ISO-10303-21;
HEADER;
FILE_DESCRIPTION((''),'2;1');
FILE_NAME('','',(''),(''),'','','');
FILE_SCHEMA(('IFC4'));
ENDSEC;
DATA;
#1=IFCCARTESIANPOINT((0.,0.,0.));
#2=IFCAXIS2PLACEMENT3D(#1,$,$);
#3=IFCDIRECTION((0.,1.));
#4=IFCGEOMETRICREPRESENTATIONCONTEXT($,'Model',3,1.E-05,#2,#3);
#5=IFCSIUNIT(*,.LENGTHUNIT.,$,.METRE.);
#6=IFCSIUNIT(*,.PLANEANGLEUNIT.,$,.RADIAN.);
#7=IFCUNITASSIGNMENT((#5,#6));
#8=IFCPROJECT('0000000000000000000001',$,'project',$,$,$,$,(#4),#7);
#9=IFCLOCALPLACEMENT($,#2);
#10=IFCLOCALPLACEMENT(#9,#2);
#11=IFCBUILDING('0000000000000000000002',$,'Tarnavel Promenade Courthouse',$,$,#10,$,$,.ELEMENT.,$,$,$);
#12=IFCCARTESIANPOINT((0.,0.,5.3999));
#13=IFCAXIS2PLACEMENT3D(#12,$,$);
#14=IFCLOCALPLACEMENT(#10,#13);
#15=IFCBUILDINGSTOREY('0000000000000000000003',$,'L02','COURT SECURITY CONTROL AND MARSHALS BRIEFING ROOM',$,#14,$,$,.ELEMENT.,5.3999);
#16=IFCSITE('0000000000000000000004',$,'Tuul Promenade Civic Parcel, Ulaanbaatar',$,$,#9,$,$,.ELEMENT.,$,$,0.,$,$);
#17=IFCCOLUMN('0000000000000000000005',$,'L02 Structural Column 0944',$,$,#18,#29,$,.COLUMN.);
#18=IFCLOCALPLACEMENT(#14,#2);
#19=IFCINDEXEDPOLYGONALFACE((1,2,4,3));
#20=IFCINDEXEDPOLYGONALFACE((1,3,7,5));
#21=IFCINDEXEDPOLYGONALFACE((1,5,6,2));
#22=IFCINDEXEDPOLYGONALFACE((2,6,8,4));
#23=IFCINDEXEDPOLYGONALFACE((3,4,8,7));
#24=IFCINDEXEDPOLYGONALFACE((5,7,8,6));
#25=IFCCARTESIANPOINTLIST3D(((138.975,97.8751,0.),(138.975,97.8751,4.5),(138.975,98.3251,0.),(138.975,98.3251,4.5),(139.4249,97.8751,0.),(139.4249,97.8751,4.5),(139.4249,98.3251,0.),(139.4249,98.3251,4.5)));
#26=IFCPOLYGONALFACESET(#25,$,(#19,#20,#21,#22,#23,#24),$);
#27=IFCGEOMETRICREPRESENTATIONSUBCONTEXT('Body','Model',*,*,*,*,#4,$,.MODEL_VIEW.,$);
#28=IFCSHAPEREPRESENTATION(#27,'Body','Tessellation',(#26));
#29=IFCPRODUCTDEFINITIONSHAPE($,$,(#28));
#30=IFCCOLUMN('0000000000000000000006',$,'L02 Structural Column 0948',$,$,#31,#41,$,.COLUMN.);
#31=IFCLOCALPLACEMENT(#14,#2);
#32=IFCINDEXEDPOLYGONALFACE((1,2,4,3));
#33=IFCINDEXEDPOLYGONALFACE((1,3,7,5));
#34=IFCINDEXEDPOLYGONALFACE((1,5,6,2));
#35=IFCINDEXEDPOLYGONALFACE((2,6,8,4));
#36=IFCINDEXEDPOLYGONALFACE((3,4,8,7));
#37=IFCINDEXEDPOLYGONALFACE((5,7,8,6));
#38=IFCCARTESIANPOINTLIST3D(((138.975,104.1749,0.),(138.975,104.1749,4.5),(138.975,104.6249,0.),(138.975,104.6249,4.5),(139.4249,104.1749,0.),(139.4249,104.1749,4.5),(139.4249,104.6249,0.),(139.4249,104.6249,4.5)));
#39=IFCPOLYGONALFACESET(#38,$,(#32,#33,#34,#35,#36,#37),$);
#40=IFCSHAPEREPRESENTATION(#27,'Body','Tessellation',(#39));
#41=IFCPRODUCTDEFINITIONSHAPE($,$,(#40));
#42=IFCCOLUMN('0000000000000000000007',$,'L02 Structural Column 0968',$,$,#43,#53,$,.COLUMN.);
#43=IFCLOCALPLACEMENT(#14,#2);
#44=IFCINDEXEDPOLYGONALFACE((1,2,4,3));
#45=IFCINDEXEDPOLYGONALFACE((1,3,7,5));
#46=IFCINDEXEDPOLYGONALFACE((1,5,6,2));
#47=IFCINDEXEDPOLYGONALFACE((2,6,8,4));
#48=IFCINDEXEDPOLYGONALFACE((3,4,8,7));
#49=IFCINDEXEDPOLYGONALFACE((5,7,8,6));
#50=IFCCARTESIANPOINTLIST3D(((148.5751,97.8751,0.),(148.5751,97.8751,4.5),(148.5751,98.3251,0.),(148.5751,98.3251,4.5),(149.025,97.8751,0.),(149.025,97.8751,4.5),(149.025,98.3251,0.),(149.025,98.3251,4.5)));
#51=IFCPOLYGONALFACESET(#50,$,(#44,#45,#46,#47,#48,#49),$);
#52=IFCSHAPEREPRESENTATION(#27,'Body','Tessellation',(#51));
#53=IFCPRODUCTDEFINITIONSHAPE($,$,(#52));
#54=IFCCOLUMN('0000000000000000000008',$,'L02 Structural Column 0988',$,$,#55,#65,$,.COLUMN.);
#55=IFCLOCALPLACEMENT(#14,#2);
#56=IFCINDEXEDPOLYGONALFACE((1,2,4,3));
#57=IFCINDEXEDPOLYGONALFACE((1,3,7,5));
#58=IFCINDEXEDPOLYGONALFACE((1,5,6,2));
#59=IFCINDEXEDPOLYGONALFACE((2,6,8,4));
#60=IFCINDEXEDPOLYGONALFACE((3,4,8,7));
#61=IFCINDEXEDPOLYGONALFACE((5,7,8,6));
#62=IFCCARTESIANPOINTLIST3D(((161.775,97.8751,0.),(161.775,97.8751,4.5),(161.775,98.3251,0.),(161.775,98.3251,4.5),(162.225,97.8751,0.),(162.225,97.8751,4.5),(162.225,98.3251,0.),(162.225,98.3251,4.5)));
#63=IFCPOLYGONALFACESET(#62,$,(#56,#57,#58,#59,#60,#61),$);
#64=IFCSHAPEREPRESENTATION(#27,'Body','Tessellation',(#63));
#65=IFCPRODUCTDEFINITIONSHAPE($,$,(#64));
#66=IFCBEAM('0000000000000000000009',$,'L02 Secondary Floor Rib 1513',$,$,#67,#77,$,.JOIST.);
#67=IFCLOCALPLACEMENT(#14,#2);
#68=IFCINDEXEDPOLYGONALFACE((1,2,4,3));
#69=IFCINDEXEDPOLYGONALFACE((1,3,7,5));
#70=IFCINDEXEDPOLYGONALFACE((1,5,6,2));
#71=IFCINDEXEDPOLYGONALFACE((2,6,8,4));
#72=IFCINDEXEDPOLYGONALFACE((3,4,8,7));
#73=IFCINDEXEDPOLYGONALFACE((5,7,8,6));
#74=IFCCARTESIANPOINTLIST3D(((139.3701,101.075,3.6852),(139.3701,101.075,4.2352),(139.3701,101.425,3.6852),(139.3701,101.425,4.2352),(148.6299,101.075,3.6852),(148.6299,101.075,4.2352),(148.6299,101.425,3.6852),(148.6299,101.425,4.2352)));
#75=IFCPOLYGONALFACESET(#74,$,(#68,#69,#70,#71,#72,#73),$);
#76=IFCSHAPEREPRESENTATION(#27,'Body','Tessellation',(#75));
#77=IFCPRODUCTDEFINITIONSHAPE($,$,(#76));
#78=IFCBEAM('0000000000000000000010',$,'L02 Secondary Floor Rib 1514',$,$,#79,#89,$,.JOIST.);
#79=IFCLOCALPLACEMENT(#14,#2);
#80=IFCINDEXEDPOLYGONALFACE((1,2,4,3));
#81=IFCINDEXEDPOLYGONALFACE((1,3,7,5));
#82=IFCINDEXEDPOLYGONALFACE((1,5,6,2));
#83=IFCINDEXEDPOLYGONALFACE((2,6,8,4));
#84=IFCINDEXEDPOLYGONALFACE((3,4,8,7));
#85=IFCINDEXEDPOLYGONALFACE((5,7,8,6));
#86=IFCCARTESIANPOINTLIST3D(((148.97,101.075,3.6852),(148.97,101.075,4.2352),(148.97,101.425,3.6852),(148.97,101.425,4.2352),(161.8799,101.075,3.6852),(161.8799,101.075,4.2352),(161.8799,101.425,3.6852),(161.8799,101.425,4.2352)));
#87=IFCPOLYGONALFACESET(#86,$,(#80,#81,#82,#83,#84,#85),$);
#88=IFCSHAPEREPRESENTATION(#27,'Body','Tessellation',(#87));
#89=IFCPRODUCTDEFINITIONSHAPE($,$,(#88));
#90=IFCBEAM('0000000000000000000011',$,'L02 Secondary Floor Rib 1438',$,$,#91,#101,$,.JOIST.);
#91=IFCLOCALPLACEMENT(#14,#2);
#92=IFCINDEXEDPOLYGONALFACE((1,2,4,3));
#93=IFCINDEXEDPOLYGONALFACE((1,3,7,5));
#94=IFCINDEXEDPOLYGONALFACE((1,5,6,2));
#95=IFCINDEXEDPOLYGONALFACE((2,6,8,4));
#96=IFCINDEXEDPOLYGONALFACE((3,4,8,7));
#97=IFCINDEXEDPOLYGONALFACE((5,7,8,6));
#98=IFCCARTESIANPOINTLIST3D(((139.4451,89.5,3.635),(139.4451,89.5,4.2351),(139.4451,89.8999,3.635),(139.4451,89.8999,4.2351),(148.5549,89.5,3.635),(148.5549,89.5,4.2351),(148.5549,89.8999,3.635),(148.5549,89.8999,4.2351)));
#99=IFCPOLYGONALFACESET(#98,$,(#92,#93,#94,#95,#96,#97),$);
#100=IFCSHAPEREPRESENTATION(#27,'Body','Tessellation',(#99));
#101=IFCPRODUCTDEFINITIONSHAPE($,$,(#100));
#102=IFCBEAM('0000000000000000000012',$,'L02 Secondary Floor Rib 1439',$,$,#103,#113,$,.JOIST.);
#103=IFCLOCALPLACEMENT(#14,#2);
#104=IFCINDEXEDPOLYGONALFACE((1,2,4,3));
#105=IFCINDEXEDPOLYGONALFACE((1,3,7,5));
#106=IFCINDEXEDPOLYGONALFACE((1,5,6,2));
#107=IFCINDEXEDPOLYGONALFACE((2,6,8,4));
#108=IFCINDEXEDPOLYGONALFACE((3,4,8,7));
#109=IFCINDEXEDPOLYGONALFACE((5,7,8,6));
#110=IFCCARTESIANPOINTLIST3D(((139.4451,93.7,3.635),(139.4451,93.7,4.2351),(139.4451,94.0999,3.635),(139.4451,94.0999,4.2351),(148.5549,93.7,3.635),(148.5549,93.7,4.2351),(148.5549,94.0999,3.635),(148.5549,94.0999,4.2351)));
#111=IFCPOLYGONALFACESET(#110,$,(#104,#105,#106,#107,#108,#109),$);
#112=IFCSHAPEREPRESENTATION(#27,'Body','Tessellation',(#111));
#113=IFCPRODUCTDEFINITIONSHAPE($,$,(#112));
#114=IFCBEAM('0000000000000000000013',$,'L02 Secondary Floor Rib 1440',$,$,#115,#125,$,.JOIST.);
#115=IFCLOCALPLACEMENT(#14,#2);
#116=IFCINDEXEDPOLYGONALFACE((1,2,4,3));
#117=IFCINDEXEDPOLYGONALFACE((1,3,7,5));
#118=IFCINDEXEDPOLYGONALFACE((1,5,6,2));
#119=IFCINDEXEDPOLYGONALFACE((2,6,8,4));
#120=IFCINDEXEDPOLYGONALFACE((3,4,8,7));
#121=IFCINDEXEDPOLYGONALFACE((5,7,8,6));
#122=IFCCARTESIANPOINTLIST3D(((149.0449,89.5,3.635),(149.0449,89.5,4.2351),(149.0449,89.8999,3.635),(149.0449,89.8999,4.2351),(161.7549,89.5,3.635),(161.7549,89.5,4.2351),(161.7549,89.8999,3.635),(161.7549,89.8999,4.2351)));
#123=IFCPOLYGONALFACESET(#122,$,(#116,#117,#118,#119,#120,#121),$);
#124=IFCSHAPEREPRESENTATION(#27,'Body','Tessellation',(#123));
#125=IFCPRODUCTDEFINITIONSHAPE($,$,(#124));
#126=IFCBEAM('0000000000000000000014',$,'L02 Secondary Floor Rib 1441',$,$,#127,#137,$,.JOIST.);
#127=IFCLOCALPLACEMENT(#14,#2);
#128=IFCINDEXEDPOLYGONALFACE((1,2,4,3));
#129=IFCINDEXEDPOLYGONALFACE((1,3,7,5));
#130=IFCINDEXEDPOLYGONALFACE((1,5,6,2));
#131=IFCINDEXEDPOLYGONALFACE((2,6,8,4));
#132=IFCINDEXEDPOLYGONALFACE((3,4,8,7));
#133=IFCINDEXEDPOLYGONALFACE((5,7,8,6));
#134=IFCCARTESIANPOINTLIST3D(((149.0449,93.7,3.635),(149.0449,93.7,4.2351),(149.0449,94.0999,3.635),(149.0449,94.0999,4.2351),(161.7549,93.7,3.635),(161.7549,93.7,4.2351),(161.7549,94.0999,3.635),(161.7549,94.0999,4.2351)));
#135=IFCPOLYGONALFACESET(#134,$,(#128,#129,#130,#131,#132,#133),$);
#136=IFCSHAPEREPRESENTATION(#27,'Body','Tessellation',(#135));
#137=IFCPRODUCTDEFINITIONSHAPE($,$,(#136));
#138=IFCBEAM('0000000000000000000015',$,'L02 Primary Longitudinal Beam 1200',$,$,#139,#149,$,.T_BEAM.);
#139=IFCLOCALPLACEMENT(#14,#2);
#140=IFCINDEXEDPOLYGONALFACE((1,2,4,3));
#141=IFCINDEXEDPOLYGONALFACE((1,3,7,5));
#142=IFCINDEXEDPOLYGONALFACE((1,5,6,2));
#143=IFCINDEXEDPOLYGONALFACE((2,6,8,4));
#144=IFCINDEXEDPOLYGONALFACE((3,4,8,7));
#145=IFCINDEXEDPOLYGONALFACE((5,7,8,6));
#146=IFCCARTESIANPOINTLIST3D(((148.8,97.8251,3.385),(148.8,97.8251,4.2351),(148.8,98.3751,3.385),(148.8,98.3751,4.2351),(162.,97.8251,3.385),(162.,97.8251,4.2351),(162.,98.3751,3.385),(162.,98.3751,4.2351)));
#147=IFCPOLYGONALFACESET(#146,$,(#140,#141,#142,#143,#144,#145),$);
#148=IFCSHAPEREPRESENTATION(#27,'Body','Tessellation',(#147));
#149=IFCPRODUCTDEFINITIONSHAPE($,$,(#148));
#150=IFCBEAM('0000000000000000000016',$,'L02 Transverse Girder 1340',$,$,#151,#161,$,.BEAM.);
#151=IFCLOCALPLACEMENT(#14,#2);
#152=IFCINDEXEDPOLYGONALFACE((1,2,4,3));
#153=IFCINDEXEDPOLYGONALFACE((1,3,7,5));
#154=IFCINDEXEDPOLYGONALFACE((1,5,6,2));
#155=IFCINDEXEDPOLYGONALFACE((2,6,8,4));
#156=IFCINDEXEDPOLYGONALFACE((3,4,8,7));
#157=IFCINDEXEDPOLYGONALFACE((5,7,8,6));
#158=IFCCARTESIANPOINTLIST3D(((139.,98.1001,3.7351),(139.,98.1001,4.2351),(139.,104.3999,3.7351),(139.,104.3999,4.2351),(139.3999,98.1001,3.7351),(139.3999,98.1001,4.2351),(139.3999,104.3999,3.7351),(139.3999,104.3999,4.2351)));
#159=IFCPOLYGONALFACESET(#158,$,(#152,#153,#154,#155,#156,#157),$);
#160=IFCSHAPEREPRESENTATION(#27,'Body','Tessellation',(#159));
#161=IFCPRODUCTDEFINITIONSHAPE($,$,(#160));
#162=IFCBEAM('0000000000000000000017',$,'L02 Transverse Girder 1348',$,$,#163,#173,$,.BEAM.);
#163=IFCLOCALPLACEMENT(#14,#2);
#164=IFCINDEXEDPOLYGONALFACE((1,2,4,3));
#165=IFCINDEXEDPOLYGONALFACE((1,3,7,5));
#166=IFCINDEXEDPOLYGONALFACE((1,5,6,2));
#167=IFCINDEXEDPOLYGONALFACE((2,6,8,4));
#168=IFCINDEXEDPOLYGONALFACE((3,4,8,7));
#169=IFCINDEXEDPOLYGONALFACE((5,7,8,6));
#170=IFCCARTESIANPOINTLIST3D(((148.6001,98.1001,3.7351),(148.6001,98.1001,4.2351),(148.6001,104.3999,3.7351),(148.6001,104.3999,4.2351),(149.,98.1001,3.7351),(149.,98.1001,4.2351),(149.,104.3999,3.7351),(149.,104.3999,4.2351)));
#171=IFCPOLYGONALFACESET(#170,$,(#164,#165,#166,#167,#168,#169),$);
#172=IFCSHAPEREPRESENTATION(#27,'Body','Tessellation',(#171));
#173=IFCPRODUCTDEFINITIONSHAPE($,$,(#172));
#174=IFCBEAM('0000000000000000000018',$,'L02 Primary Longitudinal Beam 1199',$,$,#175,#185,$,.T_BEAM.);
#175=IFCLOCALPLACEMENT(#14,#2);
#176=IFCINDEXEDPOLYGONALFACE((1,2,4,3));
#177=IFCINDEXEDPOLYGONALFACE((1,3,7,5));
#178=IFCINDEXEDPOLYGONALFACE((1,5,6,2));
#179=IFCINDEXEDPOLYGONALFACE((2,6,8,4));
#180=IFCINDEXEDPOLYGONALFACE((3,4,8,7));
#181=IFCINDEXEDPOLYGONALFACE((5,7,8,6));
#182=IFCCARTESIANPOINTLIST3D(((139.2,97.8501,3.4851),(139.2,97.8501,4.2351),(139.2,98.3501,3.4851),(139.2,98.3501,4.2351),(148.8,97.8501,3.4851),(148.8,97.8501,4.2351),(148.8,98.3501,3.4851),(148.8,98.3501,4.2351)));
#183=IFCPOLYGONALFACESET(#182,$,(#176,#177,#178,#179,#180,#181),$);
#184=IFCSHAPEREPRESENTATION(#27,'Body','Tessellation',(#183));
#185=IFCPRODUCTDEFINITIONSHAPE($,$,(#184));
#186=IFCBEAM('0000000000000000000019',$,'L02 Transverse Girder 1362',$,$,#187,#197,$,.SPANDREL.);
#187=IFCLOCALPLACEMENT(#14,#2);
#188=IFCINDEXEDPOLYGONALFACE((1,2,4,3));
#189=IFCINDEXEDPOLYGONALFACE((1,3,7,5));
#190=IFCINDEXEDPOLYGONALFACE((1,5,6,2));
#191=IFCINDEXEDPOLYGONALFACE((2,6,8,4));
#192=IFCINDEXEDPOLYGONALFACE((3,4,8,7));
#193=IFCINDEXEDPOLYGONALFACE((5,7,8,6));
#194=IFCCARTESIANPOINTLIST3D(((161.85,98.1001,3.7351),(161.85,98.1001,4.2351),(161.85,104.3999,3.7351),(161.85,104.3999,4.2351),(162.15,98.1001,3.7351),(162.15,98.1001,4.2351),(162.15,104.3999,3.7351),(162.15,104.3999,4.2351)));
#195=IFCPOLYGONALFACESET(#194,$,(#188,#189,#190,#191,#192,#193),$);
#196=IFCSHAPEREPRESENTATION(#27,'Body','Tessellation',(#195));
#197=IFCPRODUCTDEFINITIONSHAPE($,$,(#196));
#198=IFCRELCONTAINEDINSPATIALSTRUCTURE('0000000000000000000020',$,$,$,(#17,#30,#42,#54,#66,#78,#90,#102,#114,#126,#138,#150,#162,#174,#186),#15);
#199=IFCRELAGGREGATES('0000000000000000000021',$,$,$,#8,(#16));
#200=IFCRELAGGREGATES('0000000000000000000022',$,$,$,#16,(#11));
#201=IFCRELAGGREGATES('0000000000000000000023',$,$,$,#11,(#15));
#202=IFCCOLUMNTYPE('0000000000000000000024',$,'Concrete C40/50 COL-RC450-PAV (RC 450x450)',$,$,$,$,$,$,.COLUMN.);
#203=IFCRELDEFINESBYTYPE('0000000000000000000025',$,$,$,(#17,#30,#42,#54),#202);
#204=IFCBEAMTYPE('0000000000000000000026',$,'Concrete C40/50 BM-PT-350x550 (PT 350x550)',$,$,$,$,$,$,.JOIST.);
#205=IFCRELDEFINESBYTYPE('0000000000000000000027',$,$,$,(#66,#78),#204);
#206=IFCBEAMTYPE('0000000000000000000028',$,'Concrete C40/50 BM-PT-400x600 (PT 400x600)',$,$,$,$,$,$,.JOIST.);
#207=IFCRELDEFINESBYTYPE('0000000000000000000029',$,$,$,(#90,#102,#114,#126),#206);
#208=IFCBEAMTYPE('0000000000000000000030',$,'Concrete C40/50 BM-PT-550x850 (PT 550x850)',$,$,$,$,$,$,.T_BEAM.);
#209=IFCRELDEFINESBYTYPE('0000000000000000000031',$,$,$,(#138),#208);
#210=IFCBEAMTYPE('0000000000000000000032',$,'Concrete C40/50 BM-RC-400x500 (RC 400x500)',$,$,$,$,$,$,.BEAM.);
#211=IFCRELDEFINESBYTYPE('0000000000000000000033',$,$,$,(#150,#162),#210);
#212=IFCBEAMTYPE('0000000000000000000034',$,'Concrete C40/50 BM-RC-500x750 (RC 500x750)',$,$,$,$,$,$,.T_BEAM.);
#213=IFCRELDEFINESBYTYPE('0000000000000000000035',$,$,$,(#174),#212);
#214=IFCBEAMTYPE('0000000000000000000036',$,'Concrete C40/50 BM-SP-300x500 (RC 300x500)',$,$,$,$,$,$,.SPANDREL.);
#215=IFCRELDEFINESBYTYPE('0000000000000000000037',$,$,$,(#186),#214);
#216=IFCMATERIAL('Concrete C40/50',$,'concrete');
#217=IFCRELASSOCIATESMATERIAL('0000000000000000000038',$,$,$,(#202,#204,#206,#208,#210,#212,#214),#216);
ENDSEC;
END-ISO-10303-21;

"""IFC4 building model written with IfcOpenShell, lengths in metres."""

from ifc_helpers import new_model, si_unit, direction, frame, origin, origin_2d, place, context, subcontext, project, spatial, rectangle, extrude, material, material_profile, profile_set, type_object, element, save


model = new_model("IFC4")

# Units and contexts
model_context = context("Model", 3, precision=1e-05, world=origin(), true_north=direction((0.0, 1.0)))
body_context = subcontext(model_context, "Body", "Model", "MODEL_VIEW")
ifc_project = project(units=[si_unit("LENGTHUNIT", "METRE"), si_unit("PLANEANGLEUNIT", "RADIAN")], contexts=[model_context])

# Site, building, storey
site_placement = place(None, origin())
site = spatial("IfcSite", under=ifc_project, at=site_placement, Name="Tuul Promenade Civic Parcel, Ulaanbaatar", CompositionType="ELEMENT", RefElevation=0.0)
building_placement = place(site_placement, origin())
building = spatial("IfcBuilding", under=site, at=building_placement, Name="Tarnavel Promenade Courthouse", CompositionType="ELEMENT")
storey_placement = place(building_placement, frame((0.0, 0.0, 5.3999)))
storey = spatial("IfcBuildingStorey", under=building, at=storey_placement, Name="L02", Description="COURT SECURITY CONTROL AND MARSHALS BRIEFING ROOM", CompositionType="ELEMENT", Elevation=5.3999)

# Columns
ifc_material_1 = material(Name="Concrete C40/50", Category="concrete")
ifc_material_profile_1 = material_profile(ifc_material_1, rectangle(XDim=0.45, YDim=0.45, at=origin_2d()), Name="RC 450x450")
ifc_profile_set_1 = profile_set([ifc_material_profile_1], Name="Concrete C40/50")
column_type = type_object("IfcColumnType", Name="Concrete C40/50 COL-RC450-PAV (RC 450x450)", PredefinedType="COLUMN", material=ifc_profile_set_1)
for number, where, z_axis, x_axis, name in (
    (1, (139.2, 98.1001, 0.0), (0.0, 0.0, 1.0), (1.0, 0.0, 0.0), "L02 Structural Column 0944"),
    (2, (139.2, 104.3999, 0.0), (0.0, 0.0, 1.0), (1.0, 0.0, 0.0), "L02 Structural Column 0948"),
    (3, (148.8, 98.1001, 0.0), (0.0, 0.0, 1.0), (1.0, 0.0, 0.0), "L02 Structural Column 0968"),
    (4, (162.0, 98.1001, 0.0), (0.0, 0.0, 1.0), (1.0, 0.0, 0.0), "L02 Structural Column 0988"),
):
    element("IfcColumn", number, at=place(storey_placement, frame(where, z_axis=z_axis, x_axis=x_axis)), inside=storey, type_object=column_type, Name=name, PredefinedType="COLUMN", context=body_context, shape_type="SweptSolid", body=[
        extrude(rectangle(XDim=0.45, YDim=0.45, at=origin_2d()), origin(), (0.0, 0.0, 1.0), 4.5),
    ])

# Beams
ifc_material_profile_2 = material_profile(ifc_material_1, rectangle(XDim=0.3501, YDim=0.55, at=origin_2d()), Name="PT 350x550")
ifc_profile_set_2 = profile_set([ifc_material_profile_2], Name="Concrete C40/50")
beam_type_1 = type_object("IfcBeamType", Name="Concrete C40/50 BM-PT-350x550 (PT 350x550)", PredefinedType="JOIST", material=ifc_profile_set_2)
beam_1_placement = place(storey_placement, frame((139.3701, 101.25, 3.9602), z_axis=(1.0, 0.0, 0.0), x_axis=(0.0, 1.0, 0.0)))
element("IfcBeam", 5, at=beam_1_placement, inside=storey, type_object=beam_type_1, Name="L02 Secondary Floor Rib 1513", PredefinedType="JOIST", context=body_context, shape_type="SweptSolid", body=[
    extrude(rectangle(XDim=0.3501, YDim=0.55, at=origin_2d()), origin(), (0.0, 0.0, 1.0), 9.2598),
])
beam_2_placement = place(storey_placement, frame((148.97, 101.25, 3.9602), z_axis=(1.0, 0.0, 0.0), x_axis=(0.0, 1.0, 0.0)))
element("IfcBeam", 6, at=beam_2_placement, inside=storey, type_object=beam_type_1, Name="L02 Secondary Floor Rib 1514", PredefinedType="JOIST", context=body_context, shape_type="SweptSolid", body=[
    extrude(rectangle(XDim=0.3501, YDim=0.55, at=origin_2d()), origin(), (0.0, 0.0, 1.0), 12.9099),
])
ifc_material_profile_3 = material_profile(ifc_material_1, rectangle(XDim=0.3999, YDim=0.6001, at=origin_2d()), Name="PT 400x600")
ifc_profile_set_3 = profile_set([ifc_material_profile_3], Name="Concrete C40/50")
beam_type_2 = type_object("IfcBeamType", Name="Concrete C40/50 BM-PT-400x600 (PT 400x600)", PredefinedType="JOIST", material=ifc_profile_set_3)
for number, where, z_axis, x_axis, name in (
    (7, (139.4451, 89.7, 3.9351), (1.0, 0.0, 0.0), (0.0, 1.0, 0.0), "L02 Secondary Floor Rib 1438"),
    (8, (139.4451, 93.8999, 3.9351), (1.0, 0.0, 0.0), (0.0, 1.0, 0.0), "L02 Secondary Floor Rib 1439"),
):
    element("IfcBeam", number, at=place(storey_placement, frame(where, z_axis=z_axis, x_axis=x_axis)), inside=storey, type_object=beam_type_2, Name=name, PredefinedType="JOIST", context=body_context, shape_type="SweptSolid", body=[
        extrude(rectangle(XDim=0.3999, YDim=0.6001, at=origin_2d()), origin(), (0.0, 0.0, 1.0), 9.1099),
    ])
for number, where, z_axis, x_axis, name in (
    (9, (149.0449, 89.7, 3.9351), (1.0, 0.0, 0.0), (0.0, 1.0, 0.0), "L02 Secondary Floor Rib 1440"),
    (10, (149.0449, 93.8999, 3.9351), (1.0, 0.0, 0.0), (0.0, 1.0, 0.0), "L02 Secondary Floor Rib 1441"),
):
    element("IfcBeam", number, at=place(storey_placement, frame(where, z_axis=z_axis, x_axis=x_axis)), inside=storey, type_object=beam_type_2, Name=name, PredefinedType="JOIST", context=body_context, shape_type="SweptSolid", body=[
        extrude(rectangle(XDim=0.3999, YDim=0.6001, at=origin_2d()), origin(), (0.0, 0.0, 1.0), 12.71),
    ])
ifc_material_profile_4 = material_profile(ifc_material_1, rectangle(XDim=0.55, YDim=0.8501, at=origin_2d()), Name="PT 550x850")
ifc_profile_set_4 = profile_set([ifc_material_profile_4], Name="Concrete C40/50")
beam_type_3 = type_object("IfcBeamType", Name="Concrete C40/50 BM-PT-550x850 (PT 550x850)", PredefinedType="T_BEAM", material=ifc_profile_set_4)
beam_3_placement = place(storey_placement, frame((148.8, 98.1001, 3.8101), z_axis=(1.0, 0.0, 0.0), x_axis=(0.0, 1.0, 0.0)))
element("IfcBeam", 11, at=beam_3_placement, inside=storey, type_object=beam_type_3, Name="L02 Primary Longitudinal Beam 1200", PredefinedType="T_BEAM", context=body_context, shape_type="SweptSolid", body=[
    extrude(rectangle(XDim=0.55, YDim=0.8501, at=origin_2d()), origin(), (0.0, 0.0, 1.0), 13.2),
])
ifc_material_profile_5 = material_profile(ifc_material_1, rectangle(XDim=0.3999, YDim=0.5, at=origin_2d()), Name="RC 400x500")
ifc_profile_set_5 = profile_set([ifc_material_profile_5], Name="Concrete C40/50")
beam_type_4 = type_object("IfcBeamType", Name="Concrete C40/50 BM-RC-400x500 (RC 400x500)", PredefinedType="BEAM", material=ifc_profile_set_5)
for number, where, z_axis, x_axis, name in (
    (12, (139.2, 98.1001, 3.9851), (0.0, 1.0, 0.0), (-1.0, 0.0, 0.0), "L02 Transverse Girder 1340"),
    (13, (148.8, 98.1001, 3.9851), (0.0, 1.0, 0.0), (-1.0, 0.0, 0.0), "L02 Transverse Girder 1348"),
):
    element("IfcBeam", number, at=place(storey_placement, frame(where, z_axis=z_axis, x_axis=x_axis)), inside=storey, type_object=beam_type_4, Name=name, PredefinedType="BEAM", context=body_context, shape_type="SweptSolid", body=[
        extrude(rectangle(XDim=0.3999, YDim=0.5, at=origin_2d()), origin(), (0.0, 0.0, 1.0), 6.2998),
    ])
ifc_material_profile_6 = material_profile(ifc_material_1, rectangle(XDim=0.5, YDim=0.75, at=origin_2d()), Name="RC 500x750")
ifc_profile_set_6 = profile_set([ifc_material_profile_6], Name="Concrete C40/50")
beam_type_5 = type_object("IfcBeamType", Name="Concrete C40/50 BM-RC-500x750 (RC 500x750)", PredefinedType="T_BEAM", material=ifc_profile_set_6)
beam_4_placement = place(storey_placement, frame((139.2, 98.1001, 3.8601), z_axis=(1.0, 0.0, 0.0), x_axis=(0.0, 1.0, 0.0)))
element("IfcBeam", 14, at=beam_4_placement, inside=storey, type_object=beam_type_5, Name="L02 Primary Longitudinal Beam 1199", PredefinedType="T_BEAM", context=body_context, shape_type="SweptSolid", body=[
    extrude(rectangle(XDim=0.5, YDim=0.75, at=origin_2d()), origin(), (0.0, 0.0, 1.0), 9.6001),
])
ifc_material_profile_7 = material_profile(ifc_material_1, rectangle(XDim=0.3, YDim=0.5, at=origin_2d()), Name="RC 300x500")
ifc_profile_set_7 = profile_set([ifc_material_profile_7], Name="Concrete C40/50")
beam_type_6 = type_object("IfcBeamType", Name="Concrete C40/50 BM-SP-300x500 (RC 300x500)", PredefinedType="SPANDREL", material=ifc_profile_set_7)
beam_5_placement = place(storey_placement, frame((162.0, 98.1001, 3.9851), z_axis=(0.0, 1.0, 0.0), x_axis=(-1.0, 0.0, 0.0)))
element("IfcBeam", 15, at=beam_5_placement, inside=storey, type_object=beam_type_6, Name="L02 Transverse Girder 1362", PredefinedType="SPANDREL", context=body_context, shape_type="SweptSolid", body=[
    extrude(rectangle(XDim=0.3, YDim=0.5, at=origin_2d()), origin(), (0.0, 0.0, 1.0), 6.2998),
])

save(model, "model.ifc")
